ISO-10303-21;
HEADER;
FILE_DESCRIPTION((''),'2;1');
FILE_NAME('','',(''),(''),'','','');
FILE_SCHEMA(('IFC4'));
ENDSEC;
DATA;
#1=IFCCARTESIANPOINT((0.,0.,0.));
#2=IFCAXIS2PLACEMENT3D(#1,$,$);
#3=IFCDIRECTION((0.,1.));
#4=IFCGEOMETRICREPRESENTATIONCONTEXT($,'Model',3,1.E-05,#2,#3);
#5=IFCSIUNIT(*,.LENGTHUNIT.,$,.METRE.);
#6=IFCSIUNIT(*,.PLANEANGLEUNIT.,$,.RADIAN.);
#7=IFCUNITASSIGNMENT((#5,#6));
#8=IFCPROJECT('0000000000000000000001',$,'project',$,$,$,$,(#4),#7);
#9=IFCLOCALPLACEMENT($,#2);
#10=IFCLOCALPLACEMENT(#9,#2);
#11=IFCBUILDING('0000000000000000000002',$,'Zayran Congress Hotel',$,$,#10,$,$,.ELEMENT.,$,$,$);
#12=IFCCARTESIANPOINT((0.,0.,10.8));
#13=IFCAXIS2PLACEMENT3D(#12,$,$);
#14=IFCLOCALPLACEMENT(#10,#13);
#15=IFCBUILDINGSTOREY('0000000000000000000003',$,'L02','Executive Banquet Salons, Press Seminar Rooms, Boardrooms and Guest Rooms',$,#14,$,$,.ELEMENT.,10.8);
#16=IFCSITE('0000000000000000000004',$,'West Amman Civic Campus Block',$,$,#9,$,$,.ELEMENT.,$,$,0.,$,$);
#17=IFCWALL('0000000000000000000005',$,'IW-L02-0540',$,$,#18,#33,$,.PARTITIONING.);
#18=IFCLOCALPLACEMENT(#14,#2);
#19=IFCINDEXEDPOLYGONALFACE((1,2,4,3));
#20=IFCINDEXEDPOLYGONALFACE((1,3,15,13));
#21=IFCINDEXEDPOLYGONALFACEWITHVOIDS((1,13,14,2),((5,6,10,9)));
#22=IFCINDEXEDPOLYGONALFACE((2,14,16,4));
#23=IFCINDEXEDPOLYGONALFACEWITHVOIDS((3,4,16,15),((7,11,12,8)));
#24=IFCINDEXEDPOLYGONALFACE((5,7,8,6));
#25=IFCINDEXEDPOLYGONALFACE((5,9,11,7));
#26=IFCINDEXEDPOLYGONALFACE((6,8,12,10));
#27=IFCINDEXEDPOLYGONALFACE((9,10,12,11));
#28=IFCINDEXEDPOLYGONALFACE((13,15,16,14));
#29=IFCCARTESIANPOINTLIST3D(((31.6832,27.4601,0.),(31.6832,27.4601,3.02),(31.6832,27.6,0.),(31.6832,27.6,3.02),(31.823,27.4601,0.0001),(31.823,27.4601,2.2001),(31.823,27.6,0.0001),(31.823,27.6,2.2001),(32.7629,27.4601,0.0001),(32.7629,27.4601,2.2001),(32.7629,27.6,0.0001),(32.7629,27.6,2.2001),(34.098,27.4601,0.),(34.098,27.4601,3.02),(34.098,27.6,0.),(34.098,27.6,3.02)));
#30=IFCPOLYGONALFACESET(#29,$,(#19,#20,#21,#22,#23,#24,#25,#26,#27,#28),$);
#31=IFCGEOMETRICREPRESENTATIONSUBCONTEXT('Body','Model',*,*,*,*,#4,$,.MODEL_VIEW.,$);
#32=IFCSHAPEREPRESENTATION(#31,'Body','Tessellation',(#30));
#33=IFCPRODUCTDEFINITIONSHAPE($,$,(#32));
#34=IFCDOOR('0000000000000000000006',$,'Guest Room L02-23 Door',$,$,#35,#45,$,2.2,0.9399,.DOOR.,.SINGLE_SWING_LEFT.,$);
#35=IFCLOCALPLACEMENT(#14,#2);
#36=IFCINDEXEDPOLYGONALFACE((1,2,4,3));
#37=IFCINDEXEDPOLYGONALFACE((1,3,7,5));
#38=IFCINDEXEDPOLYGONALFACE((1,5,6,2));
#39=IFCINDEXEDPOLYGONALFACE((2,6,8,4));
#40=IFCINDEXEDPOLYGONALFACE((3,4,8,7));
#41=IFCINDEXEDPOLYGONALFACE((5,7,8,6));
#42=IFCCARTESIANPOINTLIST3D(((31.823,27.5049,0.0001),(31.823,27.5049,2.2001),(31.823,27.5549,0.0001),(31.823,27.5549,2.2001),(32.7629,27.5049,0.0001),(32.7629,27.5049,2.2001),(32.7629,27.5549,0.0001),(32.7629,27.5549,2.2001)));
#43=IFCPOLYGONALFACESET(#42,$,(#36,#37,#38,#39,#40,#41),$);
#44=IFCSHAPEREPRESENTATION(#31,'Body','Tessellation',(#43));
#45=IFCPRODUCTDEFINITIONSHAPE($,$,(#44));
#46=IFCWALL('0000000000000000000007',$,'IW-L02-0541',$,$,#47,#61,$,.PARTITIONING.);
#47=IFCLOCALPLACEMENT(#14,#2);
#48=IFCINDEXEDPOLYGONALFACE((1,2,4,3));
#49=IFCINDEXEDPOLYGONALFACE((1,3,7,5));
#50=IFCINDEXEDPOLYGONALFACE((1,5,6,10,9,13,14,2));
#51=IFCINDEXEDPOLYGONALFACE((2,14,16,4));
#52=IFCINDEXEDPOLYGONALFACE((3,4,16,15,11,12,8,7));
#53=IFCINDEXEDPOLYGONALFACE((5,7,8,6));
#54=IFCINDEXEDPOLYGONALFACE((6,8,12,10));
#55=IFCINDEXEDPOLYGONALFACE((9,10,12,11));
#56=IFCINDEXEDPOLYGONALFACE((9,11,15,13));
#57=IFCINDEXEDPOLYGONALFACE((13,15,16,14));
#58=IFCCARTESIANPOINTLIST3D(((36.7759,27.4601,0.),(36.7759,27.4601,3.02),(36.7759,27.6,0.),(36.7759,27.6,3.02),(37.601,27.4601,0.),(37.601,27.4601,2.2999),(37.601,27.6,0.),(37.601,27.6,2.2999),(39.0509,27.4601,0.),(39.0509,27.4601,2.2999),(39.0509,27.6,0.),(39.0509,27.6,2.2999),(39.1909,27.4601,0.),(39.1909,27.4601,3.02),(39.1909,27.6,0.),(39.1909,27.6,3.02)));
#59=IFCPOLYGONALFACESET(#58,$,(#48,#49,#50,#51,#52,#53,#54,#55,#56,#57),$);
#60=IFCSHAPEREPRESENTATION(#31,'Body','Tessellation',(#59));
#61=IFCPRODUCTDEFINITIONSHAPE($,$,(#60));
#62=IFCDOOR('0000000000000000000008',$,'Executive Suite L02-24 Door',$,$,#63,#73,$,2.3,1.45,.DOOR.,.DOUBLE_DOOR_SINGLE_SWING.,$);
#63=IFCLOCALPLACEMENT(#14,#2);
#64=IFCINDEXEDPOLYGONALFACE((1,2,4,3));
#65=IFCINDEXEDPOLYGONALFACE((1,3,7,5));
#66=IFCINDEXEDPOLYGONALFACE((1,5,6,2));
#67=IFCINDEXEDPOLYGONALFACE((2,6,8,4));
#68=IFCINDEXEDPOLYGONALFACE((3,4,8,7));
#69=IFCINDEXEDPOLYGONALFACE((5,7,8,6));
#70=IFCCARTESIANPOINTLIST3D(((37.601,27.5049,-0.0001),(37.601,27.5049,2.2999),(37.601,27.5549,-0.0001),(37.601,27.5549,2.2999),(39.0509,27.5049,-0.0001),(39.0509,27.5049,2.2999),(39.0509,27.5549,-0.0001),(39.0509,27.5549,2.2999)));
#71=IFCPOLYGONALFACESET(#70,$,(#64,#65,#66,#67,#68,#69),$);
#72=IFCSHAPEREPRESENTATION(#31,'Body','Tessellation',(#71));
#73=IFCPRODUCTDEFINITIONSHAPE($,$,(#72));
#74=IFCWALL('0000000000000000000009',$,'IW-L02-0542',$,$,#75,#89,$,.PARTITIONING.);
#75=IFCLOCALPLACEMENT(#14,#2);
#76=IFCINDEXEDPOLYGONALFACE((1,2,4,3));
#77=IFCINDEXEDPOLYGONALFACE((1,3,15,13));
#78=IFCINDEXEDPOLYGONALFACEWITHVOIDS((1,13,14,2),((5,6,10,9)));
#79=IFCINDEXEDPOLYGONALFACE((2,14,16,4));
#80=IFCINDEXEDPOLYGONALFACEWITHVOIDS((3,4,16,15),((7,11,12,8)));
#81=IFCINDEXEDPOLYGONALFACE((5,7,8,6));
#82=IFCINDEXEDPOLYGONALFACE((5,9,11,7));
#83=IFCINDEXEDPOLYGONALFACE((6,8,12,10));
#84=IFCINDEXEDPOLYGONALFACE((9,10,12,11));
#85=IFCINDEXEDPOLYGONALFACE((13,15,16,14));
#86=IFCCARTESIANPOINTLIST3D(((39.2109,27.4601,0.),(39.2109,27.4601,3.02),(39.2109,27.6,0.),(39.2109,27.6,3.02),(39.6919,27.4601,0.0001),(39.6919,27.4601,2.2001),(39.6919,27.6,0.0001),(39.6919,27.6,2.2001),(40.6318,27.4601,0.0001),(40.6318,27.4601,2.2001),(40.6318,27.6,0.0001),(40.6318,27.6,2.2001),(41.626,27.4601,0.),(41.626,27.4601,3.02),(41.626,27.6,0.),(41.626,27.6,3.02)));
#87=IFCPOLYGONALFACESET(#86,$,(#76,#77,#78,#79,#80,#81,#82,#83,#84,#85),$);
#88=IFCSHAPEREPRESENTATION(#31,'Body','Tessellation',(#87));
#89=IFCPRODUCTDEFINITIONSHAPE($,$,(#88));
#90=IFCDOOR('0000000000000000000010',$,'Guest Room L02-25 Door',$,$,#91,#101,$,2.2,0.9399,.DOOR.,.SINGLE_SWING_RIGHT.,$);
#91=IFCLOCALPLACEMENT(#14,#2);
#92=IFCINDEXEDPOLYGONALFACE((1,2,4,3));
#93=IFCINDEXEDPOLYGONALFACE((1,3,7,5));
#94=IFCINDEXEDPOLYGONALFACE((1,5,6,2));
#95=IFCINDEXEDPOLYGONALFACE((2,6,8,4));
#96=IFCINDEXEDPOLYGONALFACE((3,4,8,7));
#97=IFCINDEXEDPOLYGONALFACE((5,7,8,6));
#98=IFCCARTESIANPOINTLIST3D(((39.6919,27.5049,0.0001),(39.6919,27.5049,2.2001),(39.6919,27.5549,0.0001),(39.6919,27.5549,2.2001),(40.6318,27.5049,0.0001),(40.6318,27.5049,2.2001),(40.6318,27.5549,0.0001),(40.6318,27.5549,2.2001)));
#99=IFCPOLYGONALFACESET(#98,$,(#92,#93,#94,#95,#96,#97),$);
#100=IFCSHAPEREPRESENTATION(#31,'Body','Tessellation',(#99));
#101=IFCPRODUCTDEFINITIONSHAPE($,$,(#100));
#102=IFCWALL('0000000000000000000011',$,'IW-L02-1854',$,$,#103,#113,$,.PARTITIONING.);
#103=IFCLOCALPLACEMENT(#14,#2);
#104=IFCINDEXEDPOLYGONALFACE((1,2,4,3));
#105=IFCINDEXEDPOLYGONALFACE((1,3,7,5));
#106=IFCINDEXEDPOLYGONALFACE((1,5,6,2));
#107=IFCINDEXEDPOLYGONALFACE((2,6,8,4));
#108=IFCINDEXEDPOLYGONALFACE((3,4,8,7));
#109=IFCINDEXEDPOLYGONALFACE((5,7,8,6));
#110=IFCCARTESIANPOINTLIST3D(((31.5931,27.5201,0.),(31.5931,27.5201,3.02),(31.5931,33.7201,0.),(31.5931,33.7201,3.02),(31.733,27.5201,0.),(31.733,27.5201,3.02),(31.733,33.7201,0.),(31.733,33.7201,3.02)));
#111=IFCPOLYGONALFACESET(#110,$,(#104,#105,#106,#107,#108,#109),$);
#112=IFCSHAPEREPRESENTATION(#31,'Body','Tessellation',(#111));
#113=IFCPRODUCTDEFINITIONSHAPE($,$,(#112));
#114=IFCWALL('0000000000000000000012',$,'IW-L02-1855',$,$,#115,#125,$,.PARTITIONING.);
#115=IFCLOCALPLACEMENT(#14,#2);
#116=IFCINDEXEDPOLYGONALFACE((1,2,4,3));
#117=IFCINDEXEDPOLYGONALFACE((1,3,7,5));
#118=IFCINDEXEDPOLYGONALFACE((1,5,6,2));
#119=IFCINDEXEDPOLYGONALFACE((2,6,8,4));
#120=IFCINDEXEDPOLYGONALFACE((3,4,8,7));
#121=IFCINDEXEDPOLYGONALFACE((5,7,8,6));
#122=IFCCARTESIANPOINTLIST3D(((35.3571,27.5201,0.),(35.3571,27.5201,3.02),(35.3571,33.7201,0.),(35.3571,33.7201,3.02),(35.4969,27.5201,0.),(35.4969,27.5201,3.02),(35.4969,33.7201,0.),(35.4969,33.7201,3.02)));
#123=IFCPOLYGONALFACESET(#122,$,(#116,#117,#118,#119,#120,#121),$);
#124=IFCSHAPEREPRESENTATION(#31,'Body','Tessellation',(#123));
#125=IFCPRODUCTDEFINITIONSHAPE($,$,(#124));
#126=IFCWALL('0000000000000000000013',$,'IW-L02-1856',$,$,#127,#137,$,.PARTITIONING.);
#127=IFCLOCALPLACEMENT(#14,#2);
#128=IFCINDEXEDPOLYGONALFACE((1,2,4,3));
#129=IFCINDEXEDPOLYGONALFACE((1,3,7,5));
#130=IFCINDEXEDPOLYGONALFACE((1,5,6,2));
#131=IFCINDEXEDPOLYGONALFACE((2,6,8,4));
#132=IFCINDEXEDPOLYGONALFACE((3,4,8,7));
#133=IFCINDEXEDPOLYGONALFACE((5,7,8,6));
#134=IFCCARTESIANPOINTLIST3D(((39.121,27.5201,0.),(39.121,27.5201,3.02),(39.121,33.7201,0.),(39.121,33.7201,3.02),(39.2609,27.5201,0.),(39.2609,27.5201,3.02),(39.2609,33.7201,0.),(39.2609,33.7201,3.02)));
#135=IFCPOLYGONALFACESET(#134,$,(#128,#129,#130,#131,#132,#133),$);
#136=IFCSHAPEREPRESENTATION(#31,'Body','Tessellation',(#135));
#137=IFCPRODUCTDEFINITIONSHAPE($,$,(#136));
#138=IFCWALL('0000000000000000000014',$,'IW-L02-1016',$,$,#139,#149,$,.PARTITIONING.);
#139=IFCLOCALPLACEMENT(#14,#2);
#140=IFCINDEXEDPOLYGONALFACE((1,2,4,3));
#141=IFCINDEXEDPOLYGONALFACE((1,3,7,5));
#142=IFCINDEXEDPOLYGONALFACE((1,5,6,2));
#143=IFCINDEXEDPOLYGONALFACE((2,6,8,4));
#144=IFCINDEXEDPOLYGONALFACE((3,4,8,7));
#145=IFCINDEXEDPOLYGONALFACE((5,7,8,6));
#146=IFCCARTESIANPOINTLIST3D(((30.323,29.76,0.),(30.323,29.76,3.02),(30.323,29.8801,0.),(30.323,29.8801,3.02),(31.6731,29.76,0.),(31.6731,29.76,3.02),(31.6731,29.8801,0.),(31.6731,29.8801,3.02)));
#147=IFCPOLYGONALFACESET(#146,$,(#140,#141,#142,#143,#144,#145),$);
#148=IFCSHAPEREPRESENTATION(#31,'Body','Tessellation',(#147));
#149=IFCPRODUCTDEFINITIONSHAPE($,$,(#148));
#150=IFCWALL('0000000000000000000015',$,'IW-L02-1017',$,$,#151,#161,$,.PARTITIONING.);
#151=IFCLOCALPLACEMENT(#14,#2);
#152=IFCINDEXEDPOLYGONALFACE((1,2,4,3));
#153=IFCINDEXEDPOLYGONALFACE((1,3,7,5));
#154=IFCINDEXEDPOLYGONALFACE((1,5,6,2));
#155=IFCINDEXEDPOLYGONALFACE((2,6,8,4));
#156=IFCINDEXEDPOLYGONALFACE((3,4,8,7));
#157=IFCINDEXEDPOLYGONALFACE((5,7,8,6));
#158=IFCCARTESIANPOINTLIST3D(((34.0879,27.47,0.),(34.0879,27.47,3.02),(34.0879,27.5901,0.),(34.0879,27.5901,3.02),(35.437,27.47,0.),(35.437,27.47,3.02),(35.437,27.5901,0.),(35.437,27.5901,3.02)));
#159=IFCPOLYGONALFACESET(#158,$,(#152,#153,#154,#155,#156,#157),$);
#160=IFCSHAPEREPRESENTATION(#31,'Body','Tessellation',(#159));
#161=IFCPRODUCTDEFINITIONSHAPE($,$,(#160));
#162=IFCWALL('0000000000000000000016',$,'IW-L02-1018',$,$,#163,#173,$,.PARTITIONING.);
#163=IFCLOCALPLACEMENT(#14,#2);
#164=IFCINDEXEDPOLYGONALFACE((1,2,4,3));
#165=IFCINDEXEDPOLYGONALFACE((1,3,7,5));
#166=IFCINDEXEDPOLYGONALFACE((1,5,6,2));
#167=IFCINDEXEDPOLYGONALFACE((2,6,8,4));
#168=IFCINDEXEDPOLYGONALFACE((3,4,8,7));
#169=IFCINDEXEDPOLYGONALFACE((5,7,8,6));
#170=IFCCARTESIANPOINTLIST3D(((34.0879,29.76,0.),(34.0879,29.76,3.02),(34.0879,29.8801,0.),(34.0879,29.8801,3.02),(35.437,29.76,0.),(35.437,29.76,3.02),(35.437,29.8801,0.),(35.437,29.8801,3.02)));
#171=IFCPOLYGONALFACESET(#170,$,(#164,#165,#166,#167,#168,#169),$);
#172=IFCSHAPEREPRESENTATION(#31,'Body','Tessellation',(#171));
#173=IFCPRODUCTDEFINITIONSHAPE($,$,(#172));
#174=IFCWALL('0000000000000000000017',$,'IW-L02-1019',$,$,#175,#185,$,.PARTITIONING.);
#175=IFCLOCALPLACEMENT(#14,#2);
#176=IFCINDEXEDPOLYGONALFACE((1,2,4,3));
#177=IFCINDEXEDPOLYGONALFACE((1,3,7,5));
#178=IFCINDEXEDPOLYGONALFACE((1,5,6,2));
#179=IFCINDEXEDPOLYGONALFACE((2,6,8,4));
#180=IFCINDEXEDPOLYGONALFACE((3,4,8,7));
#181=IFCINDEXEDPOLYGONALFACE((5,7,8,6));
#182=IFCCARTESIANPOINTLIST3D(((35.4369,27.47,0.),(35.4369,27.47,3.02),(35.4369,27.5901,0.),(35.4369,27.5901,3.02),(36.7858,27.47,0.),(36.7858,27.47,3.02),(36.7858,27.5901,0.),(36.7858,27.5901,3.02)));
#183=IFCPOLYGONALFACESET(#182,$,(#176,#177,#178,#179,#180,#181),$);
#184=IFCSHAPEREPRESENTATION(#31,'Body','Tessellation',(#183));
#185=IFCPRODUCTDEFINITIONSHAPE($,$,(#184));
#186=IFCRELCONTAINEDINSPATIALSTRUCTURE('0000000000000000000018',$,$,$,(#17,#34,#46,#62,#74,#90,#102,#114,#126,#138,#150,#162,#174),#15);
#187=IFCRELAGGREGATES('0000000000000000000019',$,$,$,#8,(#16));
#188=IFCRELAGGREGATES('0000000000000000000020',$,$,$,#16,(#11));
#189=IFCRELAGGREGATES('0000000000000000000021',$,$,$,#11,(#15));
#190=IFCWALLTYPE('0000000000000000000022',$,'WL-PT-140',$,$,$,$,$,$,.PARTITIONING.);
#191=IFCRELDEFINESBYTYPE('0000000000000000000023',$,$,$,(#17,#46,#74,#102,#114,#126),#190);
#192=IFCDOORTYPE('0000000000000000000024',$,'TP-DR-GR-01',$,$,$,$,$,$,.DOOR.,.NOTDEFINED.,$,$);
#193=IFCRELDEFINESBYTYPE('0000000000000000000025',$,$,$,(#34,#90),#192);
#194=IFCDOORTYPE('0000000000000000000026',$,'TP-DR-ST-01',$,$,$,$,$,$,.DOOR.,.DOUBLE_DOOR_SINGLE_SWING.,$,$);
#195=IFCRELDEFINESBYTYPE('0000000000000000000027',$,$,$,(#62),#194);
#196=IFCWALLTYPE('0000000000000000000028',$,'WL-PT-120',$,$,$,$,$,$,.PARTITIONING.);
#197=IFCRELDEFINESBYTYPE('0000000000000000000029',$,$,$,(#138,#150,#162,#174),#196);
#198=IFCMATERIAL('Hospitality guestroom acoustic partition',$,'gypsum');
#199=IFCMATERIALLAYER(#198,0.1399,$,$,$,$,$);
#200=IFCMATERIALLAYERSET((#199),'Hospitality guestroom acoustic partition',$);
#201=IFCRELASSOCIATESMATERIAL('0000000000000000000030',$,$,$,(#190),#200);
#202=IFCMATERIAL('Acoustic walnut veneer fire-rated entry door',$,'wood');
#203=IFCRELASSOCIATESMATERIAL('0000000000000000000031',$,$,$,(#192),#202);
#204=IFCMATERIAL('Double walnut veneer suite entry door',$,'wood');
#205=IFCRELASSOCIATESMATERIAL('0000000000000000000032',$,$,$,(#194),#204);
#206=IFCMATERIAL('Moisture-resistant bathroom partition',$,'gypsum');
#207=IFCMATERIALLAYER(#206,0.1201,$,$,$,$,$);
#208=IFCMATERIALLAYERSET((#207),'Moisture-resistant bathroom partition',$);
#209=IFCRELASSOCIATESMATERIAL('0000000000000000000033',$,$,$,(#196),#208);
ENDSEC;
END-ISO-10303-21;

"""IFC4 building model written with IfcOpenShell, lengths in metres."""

from ifc_helpers import new_model, si_unit, direction, frame, frame_2d, origin, place, context, subcontext, project, spatial, rectangle, extrude, material, layer, layer_set, type_object, element, fill, save


model = new_model("IFC4")

# Units and contexts
model_context = context("Model", 3, precision=1e-05, world=origin(), true_north=direction((0.0, 1.0)))
body_context = subcontext(model_context, "Body", "Model", "MODEL_VIEW")
ifc_project = project(units=[si_unit("LENGTHUNIT", "METRE"), si_unit("PLANEANGLEUNIT", "RADIAN")], contexts=[model_context])

# Site, building, storey
site_placement = place(None, origin())
site = spatial("IfcSite", under=ifc_project, at=site_placement, Name="West Amman Civic Campus Block", CompositionType="ELEMENT", RefElevation=0.0)
building_placement = place(site_placement, origin())
building = spatial("IfcBuilding", under=site, at=building_placement, Name="Zayran Congress Hotel", CompositionType="ELEMENT")
storey_placement = place(building_placement, frame((0.0, 0.0, 10.8)))
storey = spatial("IfcBuildingStorey", under=building, at=storey_placement, Name="L02", Description="Executive Banquet Salons, Press Seminar Rooms, Boardrooms and Guest Rooms", CompositionType="ELEMENT", Elevation=10.8)

# Walls, openings, doors
ifc_material_1 = material(Name="Hospitality guestroom acoustic partition", Category="gypsum")
ifc_layer_1 = layer(ifc_material_1, 0.1399)
ifc_layer_set_1 = layer_set([ifc_layer_1], Name="Hospitality guestroom acoustic partition")
wall_type_1 = type_object("IfcWallType", Name="WL-PT-140", PredefinedType="PARTITIONING", material=ifc_layer_set_1)
wall_1_placement = place(storey_placement, frame((31.6831, 27.53, 0.0), z_axis=(0.0, 0.0, 1.0), x_axis=(1.0, 0.0, 0.0)))
wall_1 = element("IfcWall", 1, at=wall_1_placement, inside=storey, type_object=wall_type_1, Name="IW-L02-0540", PredefinedType="PARTITIONING", context=body_context, shape_type="SweptSolid", body=[
    extrude(rectangle(XDim=2.4148, YDim=0.1399, at=frame_2d((1.2075, 0.0))), origin(), (0.0, 0.0, 1.0), 3.02),
])
opening_1_placement = place(wall_1_placement, frame((0.1399, 0.0, 0.0)))
opening_1 = element("IfcOpeningElement", 2, at=opening_1_placement, cuts=wall_1, PredefinedType="OPENING", context=body_context, shape_type="SweptSolid", body=[
    extrude(rectangle(XDim=0.9399, YDim=2.2, at=frame_2d((0.47, 1.1001))), frame((0.0, 0.0798, 0.0), z_axis=(0.0, -1.0, 0.0), x_axis=(1.0, 0.0, 0.0)), (0.0, 0.0, 1.0), 0.1599),
])
ifc_material_2 = material(Name="Acoustic walnut veneer fire-rated entry door", Category="wood")
door_type_1 = type_object("IfcDoorType", Name="TP-DR-GR-01", OperationType="NOTDEFINED", PredefinedType="DOOR", material=ifc_material_2)
door_1_placement = place(opening_1_placement, origin())
door_1 = element("IfcDoor", 3, at=door_1_placement, inside=storey, type_object=door_type_1, Name="Guest Room L02-23 Door", OperationType="SINGLE_SWING_LEFT", OverallHeight=2.2, OverallWidth=0.9399, PredefinedType="DOOR", context=body_context, shape_type="SweptSolid", body=[
    extrude(rectangle(XDim=0.9399, YDim=2.2, at=frame_2d((0.47, 1.1001))), frame((0.0, 0.0249, 0.0), z_axis=(0.0, -1.0, 0.0), x_axis=(1.0, 0.0, 0.0)), (0.0, 0.0, 1.0), 0.05),
])
fill(opening_1, door_1)
wall_2_placement = place(storey_placement, frame((36.7759, 27.53, 0.0), z_axis=(0.0, 0.0, 1.0), x_axis=(1.0, 0.0, 0.0)))
wall_2 = element("IfcWall", 4, at=wall_2_placement, inside=storey, type_object=wall_type_1, Name="IW-L02-0541", PredefinedType="PARTITIONING", context=body_context, shape_type="SweptSolid", body=[
    extrude(rectangle(XDim=2.415, YDim=0.1399, at=frame_2d((1.2075, 0.0))), origin(), (0.0, 0.0, 1.0), 3.02),
])
opening_2_placement = place(wall_2_placement, frame((0.825, 0.0, 0.0)))
opening_2 = element("IfcOpeningElement", 5, at=opening_2_placement, cuts=wall_2, PredefinedType="OPENING", context=body_context, shape_type="SweptSolid", body=[
    extrude(rectangle(XDim=1.45, YDim=2.3, at=frame_2d((0.7251, 1.1499))), frame((0.0, 0.0798, 0.0), z_axis=(0.0, -1.0, 0.0), x_axis=(1.0, 0.0, 0.0)), (0.0, 0.0, 1.0), 0.1599),
])
ifc_material_3 = material(Name="Double walnut veneer suite entry door", Category="wood")
door_type_2 = type_object("IfcDoorType", Name="TP-DR-ST-01", OperationType="DOUBLE_DOOR_SINGLE_SWING", PredefinedType="DOOR", material=ifc_material_3)
door_2_placement = place(opening_2_placement, origin())
door_2 = element("IfcDoor", 6, at=door_2_placement, inside=storey, type_object=door_type_2, Name="Executive Suite L02-24 Door", OperationType="DOUBLE_DOOR_SINGLE_SWING", OverallHeight=2.3, OverallWidth=1.45, PredefinedType="DOOR", context=body_context, shape_type="SweptSolid", body=[
    extrude(rectangle(XDim=1.45, YDim=2.3, at=frame_2d((0.7251, 1.1499))), frame((0.0, 0.0249, 0.0), z_axis=(0.0, -1.0, 0.0), x_axis=(1.0, 0.0, 0.0)), (0.0, 0.0, 1.0), 0.05),
])
fill(opening_2, door_2)
wall_3_placement = place(storey_placement, frame((39.2109, 27.53, 0.0), z_axis=(0.0, 0.0, 1.0), x_axis=(1.0, 0.0, 0.0)))
wall_3 = element("IfcWall", 7, at=wall_3_placement, inside=storey, type_object=wall_type_1, Name="IW-L02-0542", PredefinedType="PARTITIONING", context=body_context, shape_type="SweptSolid", body=[
    extrude(rectangle(XDim=2.415, YDim=0.1399, at=frame_2d((1.2075, 0.0))), origin(), (0.0, 0.0, 1.0), 3.02),
])
opening_3_placement = place(wall_3_placement, frame((0.481, 0.0, 0.0)))
opening_3 = element("IfcOpeningElement", 8, at=opening_3_placement, cuts=wall_3, PredefinedType="OPENING", context=body_context, shape_type="SweptSolid", body=[
    extrude(rectangle(XDim=0.9399, YDim=2.2, at=frame_2d((0.47, 1.1001))), frame((0.0, 0.0798, 0.0), z_axis=(0.0, -1.0, 0.0), x_axis=(1.0, 0.0, 0.0)), (0.0, 0.0, 1.0), 0.1599),
])
door_3_placement = place(opening_3_placement, origin())
door_3 = element("IfcDoor", 9, at=door_3_placement, inside=storey, type_object=door_type_1, Name="Guest Room L02-25 Door", OperationType="SINGLE_SWING_RIGHT", OverallHeight=2.2, OverallWidth=0.9399, PredefinedType="DOOR", context=body_context, shape_type="SweptSolid", body=[
    extrude(rectangle(XDim=0.9399, YDim=2.2, at=frame_2d((0.47, 1.1001))), frame((0.0, 0.0249, 0.0), z_axis=(0.0, -1.0, 0.0), x_axis=(1.0, 0.0, 0.0)), (0.0, 0.0, 1.0), 0.05),
])
fill(opening_3, door_3)

# Walls
for number, where, z_axis, x_axis, name in (
    (10, (31.6631, 27.52, 0.0), (0.0, 0.0, 1.0), (0.0, 1.0, 0.0), "IW-L02-1854"),
    (11, (35.427, 27.52, 0.0), (0.0, 0.0, 1.0), (0.0, 1.0, 0.0), "IW-L02-1855"),
    (12, (39.1909, 27.52, 0.0), (0.0, 0.0, 1.0), (0.0, 1.0, 0.0), "IW-L02-1856"),
):
    element("IfcWall", number, at=place(storey_placement, frame(where, z_axis=z_axis, x_axis=x_axis)), inside=storey, type_object=wall_type_1, Name=name, PredefinedType="PARTITIONING", context=body_context, shape_type="SweptSolid", body=[
        extrude(rectangle(XDim=6.2, YDim=0.1399, at=frame_2d((3.1001, 0.0))), origin(), (0.0, 0.0, 1.0), 3.02),
    ])

# Shared definitions
ifc_material_4 = material(Name="Moisture-resistant bathroom partition", Category="gypsum")
ifc_layer_2 = layer(ifc_material_4, 0.1201)
ifc_layer_set_2 = layer_set([ifc_layer_2], Name="Moisture-resistant bathroom partition")
wall_type_2 = type_object("IfcWallType", Name="WL-PT-120", PredefinedType="PARTITIONING", material=ifc_layer_set_2)

# Walls
wall_4_placement = place(storey_placement, frame((30.323, 29.8201, 0.0), z_axis=(0.0, 0.0, 1.0), x_axis=(1.0, 0.0, 0.0)))
element("IfcWall", 13, at=wall_4_placement, inside=storey, type_object=wall_type_2, Name="IW-L02-1016", PredefinedType="PARTITIONING", context=body_context, shape_type="SweptSolid", body=[
    extrude(rectangle(XDim=1.3501, YDim=0.1201, at=frame_2d((0.675, 0.0))), origin(), (0.0, 0.0, 1.0), 3.02),
])
for number, where, z_axis, x_axis, name in (
    (14, (34.0879, 27.53, 0.0), (0.0, 0.0, 1.0), (1.0, 0.0, 0.0), "IW-L02-1017"),
    (15, (34.0879, 29.8201, 0.0), (0.0, 0.0, 1.0), (1.0, 0.0, 0.0), "IW-L02-1018"),
):
    element("IfcWall", number, at=place(storey_placement, frame(where, z_axis=z_axis, x_axis=x_axis)), inside=storey, type_object=wall_type_2, Name=name, PredefinedType="PARTITIONING", context=body_context, shape_type="SweptSolid", body=[
        extrude(rectangle(XDim=1.3491, YDim=0.1201, at=frame_2d((0.6746, 0.0))), origin(), (0.0, 0.0, 1.0), 3.02),
    ])
for number, where, z_axis, x_axis, name in (
    (16, (35.437, 27.53, 0.0), (0.0, 0.0, 1.0), (1.0, 0.0, 0.0), "IW-L02-1019"),
):
    element("IfcWall", number, at=place(storey_placement, frame(where, z_axis=z_axis, x_axis=x_axis)), inside=storey, type_object=wall_type_2, Name=name, PredefinedType="PARTITIONING", context=body_context, shape_type="SweptSolid", body=[
        extrude(rectangle(XDim=1.3489, YDim=0.1201, at=frame_2d((0.6743, 0.0))), origin(), (0.0, 0.0, 1.0), 3.02),
    ])

save(model, "model.ifc")
